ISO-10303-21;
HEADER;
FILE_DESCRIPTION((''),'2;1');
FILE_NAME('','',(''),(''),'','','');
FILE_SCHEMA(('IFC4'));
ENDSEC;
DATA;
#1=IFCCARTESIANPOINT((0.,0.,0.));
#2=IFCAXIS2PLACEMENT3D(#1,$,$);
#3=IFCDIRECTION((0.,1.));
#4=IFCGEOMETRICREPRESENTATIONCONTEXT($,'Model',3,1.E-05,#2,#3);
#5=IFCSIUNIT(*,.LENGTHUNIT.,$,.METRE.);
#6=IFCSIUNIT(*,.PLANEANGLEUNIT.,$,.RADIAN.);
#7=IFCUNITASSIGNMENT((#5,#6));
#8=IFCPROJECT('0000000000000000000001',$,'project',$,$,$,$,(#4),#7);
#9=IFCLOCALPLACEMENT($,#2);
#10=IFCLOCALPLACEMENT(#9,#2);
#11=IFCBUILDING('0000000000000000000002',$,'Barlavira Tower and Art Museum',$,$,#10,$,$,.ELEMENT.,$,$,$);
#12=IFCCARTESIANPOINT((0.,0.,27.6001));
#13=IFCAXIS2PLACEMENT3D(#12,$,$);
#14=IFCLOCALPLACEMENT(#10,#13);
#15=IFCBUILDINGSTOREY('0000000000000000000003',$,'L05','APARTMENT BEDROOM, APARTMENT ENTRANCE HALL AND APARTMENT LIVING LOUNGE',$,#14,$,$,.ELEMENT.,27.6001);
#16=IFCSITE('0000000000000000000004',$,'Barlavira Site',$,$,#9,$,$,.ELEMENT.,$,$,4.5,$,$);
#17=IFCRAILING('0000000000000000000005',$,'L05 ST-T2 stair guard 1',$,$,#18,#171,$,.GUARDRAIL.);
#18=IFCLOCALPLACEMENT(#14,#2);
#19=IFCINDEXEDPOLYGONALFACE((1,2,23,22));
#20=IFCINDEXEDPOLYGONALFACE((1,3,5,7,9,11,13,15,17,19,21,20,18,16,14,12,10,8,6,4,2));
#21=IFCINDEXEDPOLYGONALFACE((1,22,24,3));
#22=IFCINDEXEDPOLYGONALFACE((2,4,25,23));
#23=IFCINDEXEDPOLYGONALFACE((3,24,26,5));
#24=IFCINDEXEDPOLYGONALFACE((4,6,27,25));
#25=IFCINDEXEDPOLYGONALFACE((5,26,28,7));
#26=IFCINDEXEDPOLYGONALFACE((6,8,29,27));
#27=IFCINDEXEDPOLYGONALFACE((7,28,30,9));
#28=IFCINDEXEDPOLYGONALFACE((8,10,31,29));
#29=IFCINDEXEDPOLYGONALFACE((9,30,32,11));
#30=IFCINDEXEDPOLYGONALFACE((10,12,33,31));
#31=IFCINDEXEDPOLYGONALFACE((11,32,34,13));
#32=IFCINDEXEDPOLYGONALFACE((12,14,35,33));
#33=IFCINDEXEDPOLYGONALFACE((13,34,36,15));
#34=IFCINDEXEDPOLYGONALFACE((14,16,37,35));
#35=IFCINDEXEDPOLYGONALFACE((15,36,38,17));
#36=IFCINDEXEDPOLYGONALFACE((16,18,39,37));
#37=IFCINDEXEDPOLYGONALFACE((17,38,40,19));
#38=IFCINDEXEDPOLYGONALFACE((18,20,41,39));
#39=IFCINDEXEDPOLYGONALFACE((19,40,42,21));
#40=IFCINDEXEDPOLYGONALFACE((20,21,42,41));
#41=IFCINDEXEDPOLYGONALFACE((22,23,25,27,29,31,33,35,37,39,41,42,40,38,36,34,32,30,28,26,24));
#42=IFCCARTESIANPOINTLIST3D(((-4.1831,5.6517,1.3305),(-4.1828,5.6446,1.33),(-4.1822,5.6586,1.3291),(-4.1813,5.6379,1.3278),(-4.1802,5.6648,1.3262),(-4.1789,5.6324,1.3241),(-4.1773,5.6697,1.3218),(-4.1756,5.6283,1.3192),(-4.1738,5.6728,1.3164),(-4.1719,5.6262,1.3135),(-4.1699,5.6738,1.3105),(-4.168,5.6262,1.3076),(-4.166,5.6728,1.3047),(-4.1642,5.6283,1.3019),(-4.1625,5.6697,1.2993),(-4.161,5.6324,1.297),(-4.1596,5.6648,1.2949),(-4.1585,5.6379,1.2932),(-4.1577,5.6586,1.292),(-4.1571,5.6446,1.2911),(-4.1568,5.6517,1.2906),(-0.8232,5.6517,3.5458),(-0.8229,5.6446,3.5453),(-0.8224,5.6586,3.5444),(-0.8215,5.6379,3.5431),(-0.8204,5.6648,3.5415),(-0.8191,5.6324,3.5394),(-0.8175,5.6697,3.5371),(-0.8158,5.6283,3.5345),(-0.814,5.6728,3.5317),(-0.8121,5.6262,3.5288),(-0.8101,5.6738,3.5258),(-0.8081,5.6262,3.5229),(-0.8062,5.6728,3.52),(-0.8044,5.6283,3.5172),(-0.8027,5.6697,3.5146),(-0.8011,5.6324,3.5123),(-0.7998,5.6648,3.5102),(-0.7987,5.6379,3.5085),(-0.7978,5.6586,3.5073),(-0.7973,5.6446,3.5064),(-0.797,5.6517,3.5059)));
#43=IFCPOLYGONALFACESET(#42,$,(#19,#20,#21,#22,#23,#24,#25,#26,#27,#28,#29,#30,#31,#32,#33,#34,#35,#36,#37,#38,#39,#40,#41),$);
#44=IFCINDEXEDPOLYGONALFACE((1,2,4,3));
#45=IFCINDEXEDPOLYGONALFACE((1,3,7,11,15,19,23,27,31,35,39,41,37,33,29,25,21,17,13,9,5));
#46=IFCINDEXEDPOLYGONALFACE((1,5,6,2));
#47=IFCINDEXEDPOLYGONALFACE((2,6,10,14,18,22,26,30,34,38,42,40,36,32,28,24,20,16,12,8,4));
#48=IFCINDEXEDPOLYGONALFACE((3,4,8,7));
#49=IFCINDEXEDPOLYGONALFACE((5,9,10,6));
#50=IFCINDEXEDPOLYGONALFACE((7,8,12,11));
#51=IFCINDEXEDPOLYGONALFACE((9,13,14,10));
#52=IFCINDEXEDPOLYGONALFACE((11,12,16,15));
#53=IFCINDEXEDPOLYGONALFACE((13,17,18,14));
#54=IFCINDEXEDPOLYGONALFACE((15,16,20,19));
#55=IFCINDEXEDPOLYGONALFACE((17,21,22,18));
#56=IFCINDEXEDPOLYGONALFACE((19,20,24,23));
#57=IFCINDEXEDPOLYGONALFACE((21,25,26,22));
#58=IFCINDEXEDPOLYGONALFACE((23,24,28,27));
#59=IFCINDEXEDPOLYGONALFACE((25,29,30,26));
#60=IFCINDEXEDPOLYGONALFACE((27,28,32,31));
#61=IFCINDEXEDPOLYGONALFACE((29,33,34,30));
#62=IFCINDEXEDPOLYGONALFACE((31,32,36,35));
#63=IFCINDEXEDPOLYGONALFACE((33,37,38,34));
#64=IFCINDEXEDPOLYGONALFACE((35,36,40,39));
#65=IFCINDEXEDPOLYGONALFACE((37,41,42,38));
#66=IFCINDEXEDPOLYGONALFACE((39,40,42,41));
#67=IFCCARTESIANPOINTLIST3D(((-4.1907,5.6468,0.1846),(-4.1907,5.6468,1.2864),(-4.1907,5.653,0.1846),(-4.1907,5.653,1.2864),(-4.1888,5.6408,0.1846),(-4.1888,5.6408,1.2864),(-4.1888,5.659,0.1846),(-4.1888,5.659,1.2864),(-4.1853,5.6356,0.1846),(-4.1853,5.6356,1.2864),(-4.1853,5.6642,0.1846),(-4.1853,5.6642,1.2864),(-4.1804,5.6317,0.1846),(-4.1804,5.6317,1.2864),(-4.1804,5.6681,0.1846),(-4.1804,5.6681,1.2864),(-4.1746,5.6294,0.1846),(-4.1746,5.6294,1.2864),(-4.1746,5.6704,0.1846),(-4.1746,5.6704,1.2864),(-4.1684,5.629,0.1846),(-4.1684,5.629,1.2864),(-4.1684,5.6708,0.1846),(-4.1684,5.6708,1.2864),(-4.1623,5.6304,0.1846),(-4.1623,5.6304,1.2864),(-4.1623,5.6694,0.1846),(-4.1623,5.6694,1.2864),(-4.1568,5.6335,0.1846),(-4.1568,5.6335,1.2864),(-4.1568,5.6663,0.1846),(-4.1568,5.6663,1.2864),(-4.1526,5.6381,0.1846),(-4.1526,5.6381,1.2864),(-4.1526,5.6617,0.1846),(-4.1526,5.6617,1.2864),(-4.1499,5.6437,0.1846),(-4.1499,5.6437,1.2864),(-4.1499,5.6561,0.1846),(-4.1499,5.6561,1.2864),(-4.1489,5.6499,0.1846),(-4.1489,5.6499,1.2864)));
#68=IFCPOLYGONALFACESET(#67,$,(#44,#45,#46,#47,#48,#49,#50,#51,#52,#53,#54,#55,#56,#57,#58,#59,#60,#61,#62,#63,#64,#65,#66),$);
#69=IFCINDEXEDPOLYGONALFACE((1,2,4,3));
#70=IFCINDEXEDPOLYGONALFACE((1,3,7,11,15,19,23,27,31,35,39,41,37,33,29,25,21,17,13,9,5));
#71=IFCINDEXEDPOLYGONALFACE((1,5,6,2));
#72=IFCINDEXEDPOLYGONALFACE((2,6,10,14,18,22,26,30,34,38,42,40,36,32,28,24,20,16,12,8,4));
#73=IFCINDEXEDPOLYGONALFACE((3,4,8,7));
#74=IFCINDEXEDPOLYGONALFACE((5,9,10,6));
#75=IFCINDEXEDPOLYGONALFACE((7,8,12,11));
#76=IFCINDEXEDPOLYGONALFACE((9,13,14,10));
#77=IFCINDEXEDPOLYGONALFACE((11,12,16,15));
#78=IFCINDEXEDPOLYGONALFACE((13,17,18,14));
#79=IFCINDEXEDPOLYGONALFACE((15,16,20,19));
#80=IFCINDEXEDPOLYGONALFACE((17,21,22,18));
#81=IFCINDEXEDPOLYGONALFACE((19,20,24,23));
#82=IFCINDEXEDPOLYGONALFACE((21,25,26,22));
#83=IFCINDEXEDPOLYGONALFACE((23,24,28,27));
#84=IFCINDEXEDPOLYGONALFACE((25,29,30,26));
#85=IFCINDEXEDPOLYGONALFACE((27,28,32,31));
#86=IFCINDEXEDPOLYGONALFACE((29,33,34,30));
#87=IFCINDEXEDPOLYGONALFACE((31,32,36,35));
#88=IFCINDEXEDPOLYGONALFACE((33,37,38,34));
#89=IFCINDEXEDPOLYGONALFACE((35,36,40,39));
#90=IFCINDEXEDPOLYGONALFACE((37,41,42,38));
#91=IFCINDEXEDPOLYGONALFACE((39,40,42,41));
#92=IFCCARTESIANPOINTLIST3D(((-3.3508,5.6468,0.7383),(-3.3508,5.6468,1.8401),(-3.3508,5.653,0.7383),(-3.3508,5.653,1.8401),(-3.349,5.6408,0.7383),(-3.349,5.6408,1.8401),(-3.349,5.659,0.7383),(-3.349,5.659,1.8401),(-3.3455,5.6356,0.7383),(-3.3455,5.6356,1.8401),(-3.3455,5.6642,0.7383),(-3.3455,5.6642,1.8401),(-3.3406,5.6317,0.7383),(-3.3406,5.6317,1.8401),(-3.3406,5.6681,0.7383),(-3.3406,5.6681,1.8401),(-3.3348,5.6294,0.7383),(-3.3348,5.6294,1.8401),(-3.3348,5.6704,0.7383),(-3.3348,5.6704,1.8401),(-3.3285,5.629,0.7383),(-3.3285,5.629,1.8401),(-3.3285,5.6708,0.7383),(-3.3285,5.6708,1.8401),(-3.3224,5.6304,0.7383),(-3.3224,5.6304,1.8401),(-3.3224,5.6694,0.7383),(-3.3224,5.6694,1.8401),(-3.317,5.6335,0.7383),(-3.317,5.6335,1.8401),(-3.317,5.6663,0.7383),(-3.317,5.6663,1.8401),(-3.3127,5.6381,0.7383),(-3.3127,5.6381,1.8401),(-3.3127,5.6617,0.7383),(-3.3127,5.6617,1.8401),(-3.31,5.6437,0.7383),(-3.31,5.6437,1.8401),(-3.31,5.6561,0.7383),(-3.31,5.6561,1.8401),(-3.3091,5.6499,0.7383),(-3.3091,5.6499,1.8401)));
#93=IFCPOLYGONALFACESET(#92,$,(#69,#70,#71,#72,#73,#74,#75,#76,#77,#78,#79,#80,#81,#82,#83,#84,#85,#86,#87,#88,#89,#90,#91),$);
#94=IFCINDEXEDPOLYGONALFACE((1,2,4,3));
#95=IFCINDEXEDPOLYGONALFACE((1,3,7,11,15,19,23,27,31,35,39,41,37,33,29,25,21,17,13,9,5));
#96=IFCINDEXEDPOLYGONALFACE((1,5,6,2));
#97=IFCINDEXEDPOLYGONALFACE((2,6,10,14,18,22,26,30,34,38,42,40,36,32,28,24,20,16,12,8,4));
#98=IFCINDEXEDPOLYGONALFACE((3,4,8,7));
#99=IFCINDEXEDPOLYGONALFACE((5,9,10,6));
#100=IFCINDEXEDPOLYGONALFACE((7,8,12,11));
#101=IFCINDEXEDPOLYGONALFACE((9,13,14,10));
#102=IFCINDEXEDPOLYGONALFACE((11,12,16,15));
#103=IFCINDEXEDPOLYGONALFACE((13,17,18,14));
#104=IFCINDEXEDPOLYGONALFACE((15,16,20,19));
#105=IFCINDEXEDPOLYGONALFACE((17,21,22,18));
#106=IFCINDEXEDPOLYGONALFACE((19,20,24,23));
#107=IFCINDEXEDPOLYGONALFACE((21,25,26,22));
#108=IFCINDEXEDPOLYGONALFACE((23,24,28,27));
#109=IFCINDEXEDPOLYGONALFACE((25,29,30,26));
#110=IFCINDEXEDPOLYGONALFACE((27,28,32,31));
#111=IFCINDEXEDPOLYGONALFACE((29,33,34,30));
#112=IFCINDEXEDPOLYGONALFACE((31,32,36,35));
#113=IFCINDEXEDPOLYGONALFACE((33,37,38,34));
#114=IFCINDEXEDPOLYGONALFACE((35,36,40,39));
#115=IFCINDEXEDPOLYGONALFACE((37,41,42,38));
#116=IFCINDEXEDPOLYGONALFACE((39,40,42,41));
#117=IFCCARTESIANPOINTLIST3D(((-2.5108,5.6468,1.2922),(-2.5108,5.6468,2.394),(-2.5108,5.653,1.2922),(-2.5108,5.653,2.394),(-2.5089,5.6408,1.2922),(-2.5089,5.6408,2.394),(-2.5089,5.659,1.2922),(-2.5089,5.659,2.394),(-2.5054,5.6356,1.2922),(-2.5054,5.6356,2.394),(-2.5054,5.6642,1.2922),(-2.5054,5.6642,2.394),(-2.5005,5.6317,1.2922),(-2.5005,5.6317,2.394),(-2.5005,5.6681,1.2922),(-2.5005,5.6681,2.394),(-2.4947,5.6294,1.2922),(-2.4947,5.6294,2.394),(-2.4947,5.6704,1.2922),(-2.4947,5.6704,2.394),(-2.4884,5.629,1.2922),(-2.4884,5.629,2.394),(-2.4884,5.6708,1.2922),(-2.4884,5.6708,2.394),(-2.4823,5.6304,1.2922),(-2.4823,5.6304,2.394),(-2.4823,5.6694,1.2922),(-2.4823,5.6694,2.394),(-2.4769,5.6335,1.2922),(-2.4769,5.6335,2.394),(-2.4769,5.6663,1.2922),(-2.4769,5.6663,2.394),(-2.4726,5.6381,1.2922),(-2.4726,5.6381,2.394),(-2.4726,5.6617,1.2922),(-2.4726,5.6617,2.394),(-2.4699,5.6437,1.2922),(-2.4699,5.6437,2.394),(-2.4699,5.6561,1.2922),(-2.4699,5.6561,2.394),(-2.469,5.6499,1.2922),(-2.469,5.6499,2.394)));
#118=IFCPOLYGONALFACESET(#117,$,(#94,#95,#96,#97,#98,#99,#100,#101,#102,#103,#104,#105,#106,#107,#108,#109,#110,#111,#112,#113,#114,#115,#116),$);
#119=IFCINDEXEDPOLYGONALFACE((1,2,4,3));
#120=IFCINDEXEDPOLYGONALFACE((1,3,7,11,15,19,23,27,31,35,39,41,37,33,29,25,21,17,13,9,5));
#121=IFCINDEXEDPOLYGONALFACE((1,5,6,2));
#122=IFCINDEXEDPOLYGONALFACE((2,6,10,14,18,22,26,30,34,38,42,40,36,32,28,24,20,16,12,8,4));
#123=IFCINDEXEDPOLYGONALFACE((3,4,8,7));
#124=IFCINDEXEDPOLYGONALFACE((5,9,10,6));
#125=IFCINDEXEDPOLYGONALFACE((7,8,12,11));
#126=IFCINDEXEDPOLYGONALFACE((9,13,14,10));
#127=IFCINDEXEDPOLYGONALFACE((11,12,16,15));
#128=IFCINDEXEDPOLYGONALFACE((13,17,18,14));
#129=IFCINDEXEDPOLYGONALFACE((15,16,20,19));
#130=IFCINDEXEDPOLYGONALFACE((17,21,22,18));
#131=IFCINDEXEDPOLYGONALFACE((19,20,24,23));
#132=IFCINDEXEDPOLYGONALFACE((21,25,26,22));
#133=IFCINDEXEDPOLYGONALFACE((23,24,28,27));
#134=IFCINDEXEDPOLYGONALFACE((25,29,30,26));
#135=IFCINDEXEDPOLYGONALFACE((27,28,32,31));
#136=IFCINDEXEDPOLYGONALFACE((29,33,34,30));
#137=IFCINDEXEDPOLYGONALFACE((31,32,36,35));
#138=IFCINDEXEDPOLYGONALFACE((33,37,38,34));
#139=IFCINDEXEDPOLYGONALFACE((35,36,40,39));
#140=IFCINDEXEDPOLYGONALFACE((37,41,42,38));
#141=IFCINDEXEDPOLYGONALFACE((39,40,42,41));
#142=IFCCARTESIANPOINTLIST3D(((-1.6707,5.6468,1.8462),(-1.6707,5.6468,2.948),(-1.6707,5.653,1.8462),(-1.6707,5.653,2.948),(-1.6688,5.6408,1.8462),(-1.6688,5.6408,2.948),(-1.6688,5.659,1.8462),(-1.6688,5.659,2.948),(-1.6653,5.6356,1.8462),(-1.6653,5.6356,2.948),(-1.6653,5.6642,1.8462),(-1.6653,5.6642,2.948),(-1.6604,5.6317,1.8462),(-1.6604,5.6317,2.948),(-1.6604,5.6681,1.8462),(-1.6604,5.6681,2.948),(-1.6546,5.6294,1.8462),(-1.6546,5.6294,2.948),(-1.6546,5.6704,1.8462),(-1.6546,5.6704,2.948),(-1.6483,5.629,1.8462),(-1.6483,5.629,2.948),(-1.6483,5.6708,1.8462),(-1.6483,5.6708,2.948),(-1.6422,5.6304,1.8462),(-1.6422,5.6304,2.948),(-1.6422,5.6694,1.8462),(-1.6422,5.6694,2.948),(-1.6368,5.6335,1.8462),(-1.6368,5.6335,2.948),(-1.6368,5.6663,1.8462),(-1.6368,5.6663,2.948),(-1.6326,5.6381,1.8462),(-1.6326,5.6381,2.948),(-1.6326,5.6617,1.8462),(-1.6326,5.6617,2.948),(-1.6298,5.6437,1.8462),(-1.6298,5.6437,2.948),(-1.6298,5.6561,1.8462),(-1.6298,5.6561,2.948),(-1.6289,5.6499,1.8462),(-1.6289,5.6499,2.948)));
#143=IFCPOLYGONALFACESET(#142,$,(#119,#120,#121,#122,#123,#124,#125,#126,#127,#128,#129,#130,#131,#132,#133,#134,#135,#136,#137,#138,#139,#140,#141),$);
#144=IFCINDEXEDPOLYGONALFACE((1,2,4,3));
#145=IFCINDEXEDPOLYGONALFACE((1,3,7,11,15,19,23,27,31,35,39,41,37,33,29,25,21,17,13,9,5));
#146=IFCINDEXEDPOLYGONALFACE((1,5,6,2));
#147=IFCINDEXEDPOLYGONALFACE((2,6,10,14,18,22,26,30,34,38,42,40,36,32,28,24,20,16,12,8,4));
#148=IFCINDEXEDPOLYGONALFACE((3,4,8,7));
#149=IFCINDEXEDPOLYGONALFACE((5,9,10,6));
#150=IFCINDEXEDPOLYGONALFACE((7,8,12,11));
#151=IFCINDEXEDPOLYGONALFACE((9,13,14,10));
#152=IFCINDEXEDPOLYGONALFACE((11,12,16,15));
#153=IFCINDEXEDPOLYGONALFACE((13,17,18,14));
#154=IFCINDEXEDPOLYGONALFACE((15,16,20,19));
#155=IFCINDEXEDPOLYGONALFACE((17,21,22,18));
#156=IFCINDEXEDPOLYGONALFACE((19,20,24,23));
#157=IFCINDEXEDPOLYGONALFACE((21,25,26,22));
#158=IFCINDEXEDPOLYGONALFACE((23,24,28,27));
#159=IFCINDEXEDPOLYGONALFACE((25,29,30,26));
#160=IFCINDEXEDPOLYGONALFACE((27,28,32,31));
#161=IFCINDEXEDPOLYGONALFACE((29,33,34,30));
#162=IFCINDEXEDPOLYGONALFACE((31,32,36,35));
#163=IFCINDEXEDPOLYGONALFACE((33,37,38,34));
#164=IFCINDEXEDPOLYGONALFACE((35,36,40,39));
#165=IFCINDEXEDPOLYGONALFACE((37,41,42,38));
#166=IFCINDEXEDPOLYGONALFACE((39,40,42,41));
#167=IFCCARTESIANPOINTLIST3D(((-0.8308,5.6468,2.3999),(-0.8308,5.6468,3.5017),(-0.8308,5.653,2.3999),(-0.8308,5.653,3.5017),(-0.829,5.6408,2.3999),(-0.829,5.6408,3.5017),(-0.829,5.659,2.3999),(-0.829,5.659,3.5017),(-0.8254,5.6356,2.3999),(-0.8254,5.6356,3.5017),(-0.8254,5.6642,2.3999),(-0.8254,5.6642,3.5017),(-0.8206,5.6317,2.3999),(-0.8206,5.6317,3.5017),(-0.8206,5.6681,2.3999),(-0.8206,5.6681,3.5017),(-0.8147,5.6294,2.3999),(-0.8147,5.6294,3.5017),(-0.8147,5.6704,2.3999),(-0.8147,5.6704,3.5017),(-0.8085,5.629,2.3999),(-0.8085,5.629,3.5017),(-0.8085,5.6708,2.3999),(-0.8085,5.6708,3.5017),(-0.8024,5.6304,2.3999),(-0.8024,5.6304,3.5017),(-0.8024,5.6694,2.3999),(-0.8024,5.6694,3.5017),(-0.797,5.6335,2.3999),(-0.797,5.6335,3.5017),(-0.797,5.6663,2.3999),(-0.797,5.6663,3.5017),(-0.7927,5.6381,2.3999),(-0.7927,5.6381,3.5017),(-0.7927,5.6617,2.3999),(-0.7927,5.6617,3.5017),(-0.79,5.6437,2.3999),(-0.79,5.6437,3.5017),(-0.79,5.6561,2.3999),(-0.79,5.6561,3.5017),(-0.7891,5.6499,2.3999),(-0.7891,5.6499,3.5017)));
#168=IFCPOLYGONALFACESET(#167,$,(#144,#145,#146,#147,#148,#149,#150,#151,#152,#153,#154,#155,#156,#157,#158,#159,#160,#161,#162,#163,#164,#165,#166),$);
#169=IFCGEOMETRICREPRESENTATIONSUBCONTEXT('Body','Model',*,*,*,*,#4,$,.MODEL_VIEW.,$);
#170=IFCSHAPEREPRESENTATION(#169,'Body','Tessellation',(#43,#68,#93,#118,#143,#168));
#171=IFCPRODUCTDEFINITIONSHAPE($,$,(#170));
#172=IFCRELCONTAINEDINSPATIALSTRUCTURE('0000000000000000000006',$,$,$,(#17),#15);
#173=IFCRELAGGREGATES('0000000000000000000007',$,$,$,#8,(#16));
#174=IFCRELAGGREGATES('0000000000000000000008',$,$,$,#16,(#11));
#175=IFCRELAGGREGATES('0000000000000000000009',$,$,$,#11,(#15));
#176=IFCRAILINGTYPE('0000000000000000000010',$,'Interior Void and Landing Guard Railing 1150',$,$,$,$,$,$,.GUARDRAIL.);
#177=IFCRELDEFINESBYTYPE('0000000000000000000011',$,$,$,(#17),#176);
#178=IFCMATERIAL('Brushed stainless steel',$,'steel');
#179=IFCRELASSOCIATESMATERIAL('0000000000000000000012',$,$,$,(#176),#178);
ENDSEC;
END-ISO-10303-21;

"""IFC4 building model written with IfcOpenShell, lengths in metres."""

from ifc_helpers import new_model, si_unit, direction, frame, origin, origin_2d, place, context, subcontext, project, spatial, circle, extrude, material, type_object, element, save


model = new_model("IFC4")

# Units and contexts
model_context = context("Model", 3, precision=1e-05, world=origin(), true_north=direction((0.0, 1.0)))
body_context = subcontext(model_context, "Body", "Model", "MODEL_VIEW")
ifc_project = project(units=[si_unit("LENGTHUNIT", "METRE"), si_unit("PLANEANGLEUNIT", "RADIAN")], contexts=[model_context])

# Site, building, storey
site_placement = place(None, origin())
site = spatial("IfcSite", under=ifc_project, at=site_placement, Name="Barlavira Site", CompositionType="ELEMENT", RefElevation=4.5)
building_placement = place(site_placement, origin())
building = spatial("IfcBuilding", under=site, at=building_placement, Name="Barlavira Tower and Art Museum", CompositionType="ELEMENT")
storey_placement = place(building_placement, frame((0.0, 0.0, 27.6001)))
storey = spatial("IfcBuildingStorey", under=building, at=storey_placement, Name="L05", Description="APARTMENT BEDROOM, APARTMENT ENTRANCE HALL AND APARTMENT LIVING LOUNGE", CompositionType="ELEMENT", Elevation=27.6001)

# Shared definitions
ifc_material_1 = material(Name="Brushed stainless steel", Category="steel")

# Railing
railing_type_1 = type_object("IfcRailingType", Name="Interior Void and Landing Guard Railing 1150", PredefinedType="GUARDRAIL", material=ifc_material_1)
railing_1_placement = place(storey_placement, frame((-4.1699, 5.6499, 0.1846)))
element("IfcRailing", 1, at=railing_1_placement, inside=storey, type_object=railing_type_1, Name="L05 ST-T2 stair guard 1", PredefinedType="GUARDRAIL", context=body_context, shape_type="SweptSolid", body=[
    extrude(circle(Radius=0.0239, at=origin_2d()), frame((0.0, 0.0, 1.126), z_axis=(0.834858, 0.0, 0.550465), x_axis=(0.0, 1.0, 0.0)), (0.0, 0.0, 1.0), 4.0244),
    extrude(circle(Radius=0.021, at=origin_2d()), origin(), (0.0, 0.0, 1.0), 1.1018),
    extrude(circle(Radius=0.021, at=origin_2d()), frame((0.8398, 0.0, 0.5537)), (0.0, 0.0, 1.0), 1.1018),
    extrude(circle(Radius=0.021, at=origin_2d()), frame((1.6799, 0.0, 1.1077)), (0.0, 0.0, 1.0), 1.1018),
    extrude(circle(Radius=0.021, at=origin_2d()), frame((2.52, 0.0, 1.6616)), (0.0, 0.0, 1.0), 1.1018),
    extrude(circle(Radius=0.021, at=origin_2d()), frame((3.3599, 0.0, 2.2153)), (0.0, 0.0, 1.0), 1.1018),
])

save(model, "model.ifc")
